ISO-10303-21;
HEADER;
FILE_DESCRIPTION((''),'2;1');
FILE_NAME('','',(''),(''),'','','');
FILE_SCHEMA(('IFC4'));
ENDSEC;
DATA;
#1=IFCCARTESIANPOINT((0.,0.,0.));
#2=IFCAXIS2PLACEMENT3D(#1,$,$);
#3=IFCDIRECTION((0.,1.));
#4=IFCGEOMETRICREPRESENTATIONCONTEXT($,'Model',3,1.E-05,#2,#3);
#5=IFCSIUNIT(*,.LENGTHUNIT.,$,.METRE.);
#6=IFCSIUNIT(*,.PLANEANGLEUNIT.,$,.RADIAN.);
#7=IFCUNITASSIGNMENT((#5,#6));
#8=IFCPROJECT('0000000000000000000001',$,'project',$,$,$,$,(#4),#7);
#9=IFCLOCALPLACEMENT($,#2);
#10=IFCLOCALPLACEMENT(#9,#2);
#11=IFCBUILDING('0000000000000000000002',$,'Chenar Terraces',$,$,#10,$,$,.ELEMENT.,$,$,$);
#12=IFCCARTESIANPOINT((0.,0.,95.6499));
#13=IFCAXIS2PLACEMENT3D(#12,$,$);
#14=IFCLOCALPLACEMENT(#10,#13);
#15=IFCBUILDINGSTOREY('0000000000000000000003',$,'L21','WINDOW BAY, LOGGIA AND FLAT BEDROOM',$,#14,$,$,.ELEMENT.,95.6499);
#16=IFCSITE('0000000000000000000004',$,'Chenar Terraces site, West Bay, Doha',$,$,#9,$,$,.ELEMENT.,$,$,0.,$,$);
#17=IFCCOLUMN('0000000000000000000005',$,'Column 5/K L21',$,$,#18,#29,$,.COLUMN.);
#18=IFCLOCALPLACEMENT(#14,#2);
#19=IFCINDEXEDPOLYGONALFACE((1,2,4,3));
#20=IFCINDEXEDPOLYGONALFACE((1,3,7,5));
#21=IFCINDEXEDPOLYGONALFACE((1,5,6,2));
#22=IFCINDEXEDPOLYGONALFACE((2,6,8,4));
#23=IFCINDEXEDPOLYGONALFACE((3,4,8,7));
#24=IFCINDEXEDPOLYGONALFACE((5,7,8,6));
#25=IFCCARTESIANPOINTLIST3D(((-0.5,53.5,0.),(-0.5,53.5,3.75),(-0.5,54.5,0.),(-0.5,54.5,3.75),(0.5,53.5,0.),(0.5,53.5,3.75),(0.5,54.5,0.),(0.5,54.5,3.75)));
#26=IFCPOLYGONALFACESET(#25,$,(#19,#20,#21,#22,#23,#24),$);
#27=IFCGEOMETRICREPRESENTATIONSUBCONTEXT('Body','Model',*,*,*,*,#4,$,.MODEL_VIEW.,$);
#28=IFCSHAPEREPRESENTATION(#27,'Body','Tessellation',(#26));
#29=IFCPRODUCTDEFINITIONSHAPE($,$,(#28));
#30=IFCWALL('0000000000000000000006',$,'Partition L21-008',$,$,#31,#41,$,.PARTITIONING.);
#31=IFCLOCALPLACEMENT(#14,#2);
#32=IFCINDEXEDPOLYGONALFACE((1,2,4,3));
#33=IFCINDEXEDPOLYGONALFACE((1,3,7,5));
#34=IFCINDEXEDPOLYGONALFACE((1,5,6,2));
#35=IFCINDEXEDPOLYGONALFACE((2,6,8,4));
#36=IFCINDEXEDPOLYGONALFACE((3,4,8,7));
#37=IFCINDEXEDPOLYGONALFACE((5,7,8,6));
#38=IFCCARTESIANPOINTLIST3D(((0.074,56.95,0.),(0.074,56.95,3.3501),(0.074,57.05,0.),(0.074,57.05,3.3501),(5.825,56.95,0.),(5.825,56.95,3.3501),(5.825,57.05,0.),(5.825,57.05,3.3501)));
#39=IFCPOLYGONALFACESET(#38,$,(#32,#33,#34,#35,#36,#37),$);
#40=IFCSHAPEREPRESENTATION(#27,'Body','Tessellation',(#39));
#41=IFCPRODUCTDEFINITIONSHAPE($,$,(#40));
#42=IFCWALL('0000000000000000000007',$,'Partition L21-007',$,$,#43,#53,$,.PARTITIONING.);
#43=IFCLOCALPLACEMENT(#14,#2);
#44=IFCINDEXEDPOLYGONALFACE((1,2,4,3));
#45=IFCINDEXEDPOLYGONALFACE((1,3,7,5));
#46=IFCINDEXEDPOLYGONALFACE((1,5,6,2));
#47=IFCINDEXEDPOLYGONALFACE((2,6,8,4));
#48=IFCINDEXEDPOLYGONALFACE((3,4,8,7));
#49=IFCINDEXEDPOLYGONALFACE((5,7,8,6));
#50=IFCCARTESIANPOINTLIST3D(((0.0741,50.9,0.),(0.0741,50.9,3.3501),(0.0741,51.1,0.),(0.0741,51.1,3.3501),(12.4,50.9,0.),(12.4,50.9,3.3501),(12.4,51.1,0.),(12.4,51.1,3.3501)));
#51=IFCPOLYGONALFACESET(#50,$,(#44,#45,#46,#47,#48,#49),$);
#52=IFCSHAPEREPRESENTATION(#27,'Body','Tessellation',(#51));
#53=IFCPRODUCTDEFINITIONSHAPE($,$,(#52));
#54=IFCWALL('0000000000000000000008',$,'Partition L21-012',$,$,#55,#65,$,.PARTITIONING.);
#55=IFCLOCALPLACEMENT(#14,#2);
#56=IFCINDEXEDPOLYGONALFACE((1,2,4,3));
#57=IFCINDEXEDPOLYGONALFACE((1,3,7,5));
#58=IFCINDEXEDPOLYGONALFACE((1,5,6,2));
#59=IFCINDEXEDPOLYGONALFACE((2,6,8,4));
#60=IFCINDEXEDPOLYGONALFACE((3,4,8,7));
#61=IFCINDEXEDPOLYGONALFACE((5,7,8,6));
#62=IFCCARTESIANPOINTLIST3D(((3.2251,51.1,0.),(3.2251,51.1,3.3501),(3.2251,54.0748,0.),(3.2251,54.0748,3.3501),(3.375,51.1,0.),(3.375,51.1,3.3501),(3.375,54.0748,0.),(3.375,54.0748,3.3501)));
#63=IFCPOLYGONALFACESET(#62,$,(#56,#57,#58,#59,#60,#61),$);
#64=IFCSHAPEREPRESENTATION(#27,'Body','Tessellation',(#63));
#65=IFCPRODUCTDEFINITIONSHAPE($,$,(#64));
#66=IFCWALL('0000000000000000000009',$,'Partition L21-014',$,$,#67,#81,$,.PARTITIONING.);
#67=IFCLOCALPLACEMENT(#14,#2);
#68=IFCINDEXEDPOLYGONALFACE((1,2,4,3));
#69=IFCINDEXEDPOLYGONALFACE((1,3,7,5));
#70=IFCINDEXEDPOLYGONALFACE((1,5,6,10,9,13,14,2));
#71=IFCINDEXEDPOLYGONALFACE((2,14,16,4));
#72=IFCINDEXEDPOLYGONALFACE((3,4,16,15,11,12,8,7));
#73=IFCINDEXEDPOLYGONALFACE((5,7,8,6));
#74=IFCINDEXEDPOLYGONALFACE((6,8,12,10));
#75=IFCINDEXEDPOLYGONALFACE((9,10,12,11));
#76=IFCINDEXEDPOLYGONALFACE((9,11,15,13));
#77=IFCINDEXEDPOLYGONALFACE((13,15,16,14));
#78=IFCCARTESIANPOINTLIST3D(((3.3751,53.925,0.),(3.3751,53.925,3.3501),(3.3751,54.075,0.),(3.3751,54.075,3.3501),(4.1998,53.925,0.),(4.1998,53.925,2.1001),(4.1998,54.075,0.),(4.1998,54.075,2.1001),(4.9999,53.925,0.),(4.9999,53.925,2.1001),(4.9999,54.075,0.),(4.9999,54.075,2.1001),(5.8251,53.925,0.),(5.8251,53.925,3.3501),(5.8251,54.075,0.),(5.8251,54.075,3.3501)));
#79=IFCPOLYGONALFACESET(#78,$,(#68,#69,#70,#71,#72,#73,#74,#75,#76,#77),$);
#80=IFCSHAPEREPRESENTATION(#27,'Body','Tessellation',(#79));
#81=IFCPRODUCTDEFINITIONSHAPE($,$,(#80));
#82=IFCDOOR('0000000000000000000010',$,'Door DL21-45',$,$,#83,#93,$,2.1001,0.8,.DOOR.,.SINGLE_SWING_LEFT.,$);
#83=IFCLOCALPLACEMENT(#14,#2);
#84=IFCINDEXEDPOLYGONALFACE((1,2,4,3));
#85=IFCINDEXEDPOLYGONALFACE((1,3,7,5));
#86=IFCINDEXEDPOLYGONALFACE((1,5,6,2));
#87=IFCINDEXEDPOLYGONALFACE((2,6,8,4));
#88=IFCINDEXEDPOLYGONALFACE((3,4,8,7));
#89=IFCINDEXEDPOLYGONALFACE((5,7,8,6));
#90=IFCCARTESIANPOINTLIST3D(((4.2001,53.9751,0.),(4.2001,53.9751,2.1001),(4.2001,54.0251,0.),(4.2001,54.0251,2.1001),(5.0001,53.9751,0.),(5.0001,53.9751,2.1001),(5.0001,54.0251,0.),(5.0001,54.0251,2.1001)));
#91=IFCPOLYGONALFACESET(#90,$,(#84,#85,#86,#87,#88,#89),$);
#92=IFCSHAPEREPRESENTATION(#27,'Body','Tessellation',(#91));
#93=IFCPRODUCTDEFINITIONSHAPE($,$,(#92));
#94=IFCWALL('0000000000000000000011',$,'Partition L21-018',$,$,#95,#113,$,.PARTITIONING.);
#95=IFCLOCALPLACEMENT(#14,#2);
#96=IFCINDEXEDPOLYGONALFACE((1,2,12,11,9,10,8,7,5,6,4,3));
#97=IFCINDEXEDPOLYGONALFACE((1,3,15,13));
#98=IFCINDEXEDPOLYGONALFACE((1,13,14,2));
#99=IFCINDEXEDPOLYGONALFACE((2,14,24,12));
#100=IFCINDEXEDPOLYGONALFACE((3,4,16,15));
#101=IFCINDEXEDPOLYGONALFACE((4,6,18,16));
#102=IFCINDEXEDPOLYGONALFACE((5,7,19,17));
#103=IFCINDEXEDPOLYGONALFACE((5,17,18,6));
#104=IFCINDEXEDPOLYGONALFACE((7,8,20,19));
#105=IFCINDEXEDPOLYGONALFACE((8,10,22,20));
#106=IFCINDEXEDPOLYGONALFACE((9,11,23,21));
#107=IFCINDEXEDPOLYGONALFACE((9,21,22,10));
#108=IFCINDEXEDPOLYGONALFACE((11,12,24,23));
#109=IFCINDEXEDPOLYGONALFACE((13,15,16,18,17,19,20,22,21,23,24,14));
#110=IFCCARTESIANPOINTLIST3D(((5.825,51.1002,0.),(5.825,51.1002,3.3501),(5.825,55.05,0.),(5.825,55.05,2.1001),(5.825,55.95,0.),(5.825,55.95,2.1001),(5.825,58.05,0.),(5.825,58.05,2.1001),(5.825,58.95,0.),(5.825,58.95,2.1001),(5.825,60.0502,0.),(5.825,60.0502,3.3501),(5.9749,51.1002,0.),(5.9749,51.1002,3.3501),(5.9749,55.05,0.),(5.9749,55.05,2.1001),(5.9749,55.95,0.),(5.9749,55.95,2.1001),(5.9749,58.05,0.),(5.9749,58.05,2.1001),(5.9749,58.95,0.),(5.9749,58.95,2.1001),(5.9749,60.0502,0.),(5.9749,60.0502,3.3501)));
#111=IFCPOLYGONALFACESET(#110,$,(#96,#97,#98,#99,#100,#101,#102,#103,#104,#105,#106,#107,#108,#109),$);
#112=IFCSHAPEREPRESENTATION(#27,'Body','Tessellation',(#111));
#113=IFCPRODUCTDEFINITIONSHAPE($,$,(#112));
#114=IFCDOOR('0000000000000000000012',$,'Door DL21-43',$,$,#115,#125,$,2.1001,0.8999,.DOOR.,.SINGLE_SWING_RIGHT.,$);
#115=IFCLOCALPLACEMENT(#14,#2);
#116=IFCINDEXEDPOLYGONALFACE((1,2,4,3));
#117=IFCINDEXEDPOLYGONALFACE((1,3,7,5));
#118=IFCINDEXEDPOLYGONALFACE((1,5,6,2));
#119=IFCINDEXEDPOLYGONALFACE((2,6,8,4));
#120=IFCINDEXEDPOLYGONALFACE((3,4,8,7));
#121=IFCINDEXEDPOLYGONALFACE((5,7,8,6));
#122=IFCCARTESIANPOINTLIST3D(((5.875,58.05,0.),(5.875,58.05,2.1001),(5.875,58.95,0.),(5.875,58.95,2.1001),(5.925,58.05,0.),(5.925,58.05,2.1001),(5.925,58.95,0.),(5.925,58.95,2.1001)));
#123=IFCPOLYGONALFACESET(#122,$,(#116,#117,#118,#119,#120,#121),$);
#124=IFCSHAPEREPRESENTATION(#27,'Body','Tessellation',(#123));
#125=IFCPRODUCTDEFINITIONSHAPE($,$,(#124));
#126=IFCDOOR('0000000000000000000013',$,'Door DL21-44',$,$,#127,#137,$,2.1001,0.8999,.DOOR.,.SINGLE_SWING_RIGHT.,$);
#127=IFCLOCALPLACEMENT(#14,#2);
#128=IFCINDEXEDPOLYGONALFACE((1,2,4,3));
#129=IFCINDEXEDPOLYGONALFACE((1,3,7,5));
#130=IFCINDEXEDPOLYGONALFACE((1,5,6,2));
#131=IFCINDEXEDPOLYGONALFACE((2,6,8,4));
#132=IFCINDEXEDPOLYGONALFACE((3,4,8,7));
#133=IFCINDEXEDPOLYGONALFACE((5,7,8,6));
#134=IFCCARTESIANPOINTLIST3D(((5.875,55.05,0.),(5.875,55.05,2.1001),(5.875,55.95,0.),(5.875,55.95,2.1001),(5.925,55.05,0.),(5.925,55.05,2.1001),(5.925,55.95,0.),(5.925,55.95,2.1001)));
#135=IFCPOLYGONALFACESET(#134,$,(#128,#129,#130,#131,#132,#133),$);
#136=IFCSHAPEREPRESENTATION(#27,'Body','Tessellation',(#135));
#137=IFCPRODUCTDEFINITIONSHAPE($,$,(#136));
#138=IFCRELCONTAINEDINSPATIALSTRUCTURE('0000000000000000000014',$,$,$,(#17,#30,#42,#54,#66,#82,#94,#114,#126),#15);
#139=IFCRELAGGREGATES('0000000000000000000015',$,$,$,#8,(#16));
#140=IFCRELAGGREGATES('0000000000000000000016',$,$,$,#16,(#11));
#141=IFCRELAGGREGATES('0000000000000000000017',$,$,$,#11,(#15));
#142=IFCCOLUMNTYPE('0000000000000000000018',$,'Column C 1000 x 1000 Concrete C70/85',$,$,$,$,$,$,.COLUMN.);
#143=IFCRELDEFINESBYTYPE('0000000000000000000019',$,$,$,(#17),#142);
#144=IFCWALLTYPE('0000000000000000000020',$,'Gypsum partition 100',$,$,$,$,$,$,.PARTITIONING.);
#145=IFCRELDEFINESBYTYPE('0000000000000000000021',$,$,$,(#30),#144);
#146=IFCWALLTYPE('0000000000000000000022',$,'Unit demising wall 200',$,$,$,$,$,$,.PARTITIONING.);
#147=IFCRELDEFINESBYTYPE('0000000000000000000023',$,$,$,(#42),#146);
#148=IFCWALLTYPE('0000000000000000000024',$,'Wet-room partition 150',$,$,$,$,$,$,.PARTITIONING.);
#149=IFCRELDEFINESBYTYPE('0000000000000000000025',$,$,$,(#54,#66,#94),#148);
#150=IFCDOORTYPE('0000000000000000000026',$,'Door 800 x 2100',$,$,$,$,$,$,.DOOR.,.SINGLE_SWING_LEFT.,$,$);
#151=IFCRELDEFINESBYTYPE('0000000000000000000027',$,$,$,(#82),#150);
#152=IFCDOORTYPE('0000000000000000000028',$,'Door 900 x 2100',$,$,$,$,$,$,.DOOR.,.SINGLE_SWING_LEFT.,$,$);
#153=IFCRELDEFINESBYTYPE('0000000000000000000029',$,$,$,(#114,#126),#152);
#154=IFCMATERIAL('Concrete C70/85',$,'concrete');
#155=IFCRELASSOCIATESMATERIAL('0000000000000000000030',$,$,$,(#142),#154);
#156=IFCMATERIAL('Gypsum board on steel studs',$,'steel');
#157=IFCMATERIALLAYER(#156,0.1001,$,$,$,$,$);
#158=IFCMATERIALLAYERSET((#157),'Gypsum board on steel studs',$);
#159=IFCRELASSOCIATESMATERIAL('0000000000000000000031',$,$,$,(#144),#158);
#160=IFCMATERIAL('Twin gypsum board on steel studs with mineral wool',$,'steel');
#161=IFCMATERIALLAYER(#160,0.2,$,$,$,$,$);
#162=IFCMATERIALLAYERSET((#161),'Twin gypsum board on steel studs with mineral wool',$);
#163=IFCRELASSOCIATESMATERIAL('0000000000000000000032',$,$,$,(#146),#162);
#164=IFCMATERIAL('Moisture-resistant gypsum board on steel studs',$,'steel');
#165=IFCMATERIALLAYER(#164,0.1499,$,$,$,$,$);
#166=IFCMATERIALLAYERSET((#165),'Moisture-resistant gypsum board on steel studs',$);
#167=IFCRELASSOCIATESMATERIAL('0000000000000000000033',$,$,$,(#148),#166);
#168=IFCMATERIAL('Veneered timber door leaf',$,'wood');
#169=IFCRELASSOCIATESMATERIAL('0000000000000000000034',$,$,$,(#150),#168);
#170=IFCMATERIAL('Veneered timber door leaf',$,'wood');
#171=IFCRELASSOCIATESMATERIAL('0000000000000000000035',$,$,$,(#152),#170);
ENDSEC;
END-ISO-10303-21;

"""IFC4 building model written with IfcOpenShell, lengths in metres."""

from ifc_helpers import new_model, si_unit, direction, frame, frame_2d, origin, origin_2d, place, context, subcontext, project, spatial, rectangle, extrude, material, layer, layer_set, material_profile, profile_set, type_object, element, fill, save


model = new_model("IFC4")

# Units and contexts
model_context = context("Model", 3, precision=1e-05, world=origin(), true_north=direction((0.0, 1.0)))
body_context = subcontext(model_context, "Body", "Model", "MODEL_VIEW")
ifc_project = project(units=[si_unit("LENGTHUNIT", "METRE"), si_unit("PLANEANGLEUNIT", "RADIAN")], contexts=[model_context])

# Site, building, storey
site_placement = place(None, origin())
site = spatial("IfcSite", under=ifc_project, at=site_placement, Name="Chenar Terraces site, West Bay, Doha", CompositionType="ELEMENT", RefElevation=0.0)
building_placement = place(site_placement, origin())
building = spatial("IfcBuilding", under=site, at=building_placement, Name="Chenar Terraces", CompositionType="ELEMENT")
storey_placement = place(building_placement, frame((0.0, 0.0, 95.6499)))
storey = spatial("IfcBuildingStorey", under=building, at=storey_placement, Name="L21", Description="WINDOW BAY, LOGGIA AND FLAT BEDROOM", CompositionType="ELEMENT", Elevation=95.6499)

# Column
ifc_material_1 = material(Name="Concrete C70/85", Category="concrete")
ifc_material_profile = material_profile(ifc_material_1, rectangle(XDim=1.0, YDim=1.0, at=origin_2d()), Name="C 1000 x 1000")
ifc_profile_set = profile_set([ifc_material_profile], Name="Concrete C70/85")
column_type = type_object("IfcColumnType", Name="Column C 1000 x 1000 Concrete C70/85", PredefinedType="COLUMN", material=ifc_profile_set)
column_placement = place(storey_placement, frame((0.0, 54.0, 0.0), z_axis=(0.0, 0.0, 1.0), x_axis=(1.0, 0.0, 0.0)))
element("IfcColumn", 1, at=column_placement, inside=storey, type_object=column_type, Name="Column 5/K L21", PredefinedType="COLUMN", context=body_context, shape_type="SweptSolid", body=[
    extrude(rectangle(XDim=1.0, YDim=1.0, at=origin_2d()), origin(), (0.0, 0.0, 1.0), 3.75),
])

# Walls
ifc_material_2 = material(Name="Gypsum board on steel studs", Category="steel")
ifc_layer_1 = layer(ifc_material_2, 0.1001)
ifc_layer_set_1 = layer_set([ifc_layer_1], Name="Gypsum board on steel studs")
wall_type_1 = type_object("IfcWallType", Name="Gypsum partition 100", PredefinedType="PARTITIONING", material=ifc_layer_set_1)
wall_1_placement = place(storey_placement, frame((0.074, 57.0, 0.0), z_axis=(0.0, 0.0, 1.0), x_axis=(1.0, 0.0, 0.0)))
element("IfcWall", 2, at=wall_1_placement, inside=storey, type_object=wall_type_1, Name="Partition L21-008", PredefinedType="PARTITIONING", context=body_context, shape_type="SweptSolid", body=[
    extrude(rectangle(XDim=5.751, YDim=0.1001, at=frame_2d((2.8755, 0.0))), origin(), (0.0, 0.0, 1.0), 3.3501),
])
ifc_material_3 = material(Name="Twin gypsum board on steel studs with mineral wool", Category="steel")
ifc_layer_2 = layer(ifc_material_3, 0.2)
ifc_layer_set_2 = layer_set([ifc_layer_2], Name="Twin gypsum board on steel studs with mineral wool")
wall_type_2 = type_object("IfcWallType", Name="Unit demising wall 200", PredefinedType="PARTITIONING", material=ifc_layer_set_2)
wall_2_placement = place(storey_placement, frame((0.074, 51.0, 0.0), z_axis=(0.0, 0.0, 1.0), x_axis=(1.0, 0.0, 0.0)))
element("IfcWall", 3, at=wall_2_placement, inside=storey, type_object=wall_type_2, Name="Partition L21-007", PredefinedType="PARTITIONING", context=body_context, shape_type="SweptSolid", body=[
    extrude(rectangle(XDim=12.3259, YDim=0.2, at=frame_2d((6.1631, 0.0))), origin(), (0.0, 0.0, 1.0), 3.3501),
])
ifc_material_4 = material(Name="Moisture-resistant gypsum board on steel studs", Category="steel")
ifc_layer_3 = layer(ifc_material_4, 0.1499)
ifc_layer_set_3 = layer_set([ifc_layer_3], Name="Moisture-resistant gypsum board on steel studs")
wall_type_3 = type_object("IfcWallType", Name="Wet-room partition 150", PredefinedType="PARTITIONING", material=ifc_layer_set_3)
wall_3_placement = place(storey_placement, frame((3.3, 51.1001, 0.0), z_axis=(0.0, 0.0, 1.0), x_axis=(0.0, 1.0, 0.0)))
element("IfcWall", 4, at=wall_3_placement, inside=storey, type_object=wall_type_3, Name="Partition L21-012", PredefinedType="PARTITIONING", context=body_context, shape_type="SweptSolid", body=[
    extrude(rectangle(XDim=2.9749, YDim=0.1499, at=frame_2d((1.4873, 0.0))), origin(), (0.0, 0.0, 1.0), 3.3501),
])

# Wall, opening, door
wall_4_placement = place(storey_placement, frame((3.375, 54.0, 0.0), z_axis=(0.0, 0.0, 1.0), x_axis=(1.0, 0.0, 0.0)))
wall_4 = element("IfcWall", 5, at=wall_4_placement, inside=storey, type_object=wall_type_3, Name="Partition L21-014", PredefinedType="PARTITIONING", context=body_context, shape_type="SweptSolid", body=[
    extrude(rectangle(XDim=2.45, YDim=0.1499, at=frame_2d((1.2251, 0.0))), origin(), (0.0, 0.0, 1.0), 3.3501),
])
opening_1_placement = place(wall_4_placement, frame((0.825, 0.0, 0.0)))
opening_1 = element("IfcOpeningElement", 6, at=opening_1_placement, cuts=wall_4, PredefinedType="OPENING", context=body_context, shape_type="SweptSolid", body=[
    extrude(rectangle(XDim=0.8, YDim=2.1001, at=frame_2d((0.3999, 1.05))), frame((0.0, 0.085, 0.0), z_axis=(0.0, -1.0, 0.0), x_axis=(1.0, 0.0, 0.0)), (0.0, 0.0, 1.0), 0.1699),
])
ifc_material_5 = material(Name="Veneered timber door leaf", Category="wood")
door_type_1 = type_object("IfcDoorType", Name="Door 800 x 2100", OperationType="SINGLE_SWING_LEFT", PredefinedType="DOOR", material=ifc_material_5)
door_1_placement = place(opening_1_placement, frame((0.8, 0.0, 0.0), z_axis=(0.0, 0.0, 1.0), x_axis=(-1.0, 0.0, 0.0)))
door_1 = element("IfcDoor", 7, at=door_1_placement, inside=storey, type_object=door_type_1, Name="Door DL21-45", OperationType="SINGLE_SWING_LEFT", OverallHeight=2.1001, OverallWidth=0.8, PredefinedType="DOOR", context=body_context, shape_type="SweptSolid", body=[
    extrude(rectangle(XDim=0.8, YDim=2.1001, at=frame_2d((0.3999, 1.05))), frame((0.0, 0.0249, 0.0), z_axis=(0.0, -1.0, 0.0), x_axis=(1.0, 0.0, 0.0)), (0.0, 0.0, 1.0), 0.05),
])
fill(opening_1, door_1)

# Wall, openings, doors
wall_5_placement = place(storey_placement, frame((5.8999, 51.1001, 0.0), z_axis=(0.0, 0.0, 1.0), x_axis=(0.0, 1.0, 0.0)))
wall_5 = element("IfcWall", 8, at=wall_5_placement, inside=storey, type_object=wall_type_3, Name="Partition L21-018", PredefinedType="PARTITIONING", context=body_context, shape_type="SweptSolid", body=[
    extrude(rectangle(XDim=8.95, YDim=0.1499, at=frame_2d((4.4751, 0.0))), origin(), (0.0, 0.0, 1.0), 3.3501),
])
opening_2_placement = place(wall_5_placement, frame((6.95, 0.0, 0.0)))
opening_2 = element("IfcOpeningElement", 9, at=opening_2_placement, cuts=wall_5, PredefinedType="OPENING", context=body_context, shape_type="SweptSolid", body=[
    extrude(rectangle(XDim=0.8999, YDim=2.1001, at=frame_2d((0.45, 1.05))), frame((0.0, 0.085, 0.0), z_axis=(0.0, -1.0, 0.0), x_axis=(1.0, 0.0, 0.0)), (0.0, 0.0, 1.0), 0.1699),
])
opening_3_placement = place(wall_5_placement, frame((3.95, 0.0, 0.0)))
opening_3 = element("IfcOpeningElement", 10, at=opening_3_placement, cuts=wall_5, PredefinedType="OPENING", context=body_context, shape_type="SweptSolid", body=[
    extrude(rectangle(XDim=0.8999, YDim=2.1001, at=frame_2d((0.45, 1.05))), frame((0.0, 0.085, 0.0), z_axis=(0.0, -1.0, 0.0), x_axis=(1.0, 0.0, 0.0)), (0.0, 0.0, 1.0), 0.1699),
])
ifc_material_6 = material(Name="Veneered timber door leaf", Category="wood")
door_type_2 = type_object("IfcDoorType", Name="Door 900 x 2100", OperationType="SINGLE_SWING_LEFT", PredefinedType="DOOR", material=ifc_material_6)
door_2_placement = place(opening_2_placement, origin())
door_2 = element("IfcDoor", 11, at=door_2_placement, inside=storey, type_object=door_type_2, Name="Door DL21-43", OperationType="SINGLE_SWING_RIGHT", OverallHeight=2.1001, OverallWidth=0.8999, PredefinedType="DOOR", context=body_context, shape_type="SweptSolid", body=[
    extrude(rectangle(XDim=0.8999, YDim=2.1001, at=frame_2d((0.45, 1.05))), frame((0.0, 0.0249, 0.0), z_axis=(0.0, -1.0, 0.0), x_axis=(1.0, 0.0, 0.0)), (0.0, 0.0, 1.0), 0.05),
])
fill(opening_2, door_2)
door_3_placement = place(opening_3_placement, origin())
door_3 = element("IfcDoor", 12, at=door_3_placement, inside=storey, type_object=door_type_2, Name="Door DL21-44", OperationType="SINGLE_SWING_RIGHT", OverallHeight=2.1001, OverallWidth=0.8999, PredefinedType="DOOR", context=body_context, shape_type="SweptSolid", body=[
    extrude(rectangle(XDim=0.8999, YDim=2.1001, at=frame_2d((0.45, 1.05))), frame((0.0, 0.0249, 0.0), z_axis=(0.0, -1.0, 0.0), x_axis=(1.0, 0.0, 0.0)), (0.0, 0.0, 1.0), 0.05),
])
fill(opening_3, door_3)

save(model, "model.ifc")
